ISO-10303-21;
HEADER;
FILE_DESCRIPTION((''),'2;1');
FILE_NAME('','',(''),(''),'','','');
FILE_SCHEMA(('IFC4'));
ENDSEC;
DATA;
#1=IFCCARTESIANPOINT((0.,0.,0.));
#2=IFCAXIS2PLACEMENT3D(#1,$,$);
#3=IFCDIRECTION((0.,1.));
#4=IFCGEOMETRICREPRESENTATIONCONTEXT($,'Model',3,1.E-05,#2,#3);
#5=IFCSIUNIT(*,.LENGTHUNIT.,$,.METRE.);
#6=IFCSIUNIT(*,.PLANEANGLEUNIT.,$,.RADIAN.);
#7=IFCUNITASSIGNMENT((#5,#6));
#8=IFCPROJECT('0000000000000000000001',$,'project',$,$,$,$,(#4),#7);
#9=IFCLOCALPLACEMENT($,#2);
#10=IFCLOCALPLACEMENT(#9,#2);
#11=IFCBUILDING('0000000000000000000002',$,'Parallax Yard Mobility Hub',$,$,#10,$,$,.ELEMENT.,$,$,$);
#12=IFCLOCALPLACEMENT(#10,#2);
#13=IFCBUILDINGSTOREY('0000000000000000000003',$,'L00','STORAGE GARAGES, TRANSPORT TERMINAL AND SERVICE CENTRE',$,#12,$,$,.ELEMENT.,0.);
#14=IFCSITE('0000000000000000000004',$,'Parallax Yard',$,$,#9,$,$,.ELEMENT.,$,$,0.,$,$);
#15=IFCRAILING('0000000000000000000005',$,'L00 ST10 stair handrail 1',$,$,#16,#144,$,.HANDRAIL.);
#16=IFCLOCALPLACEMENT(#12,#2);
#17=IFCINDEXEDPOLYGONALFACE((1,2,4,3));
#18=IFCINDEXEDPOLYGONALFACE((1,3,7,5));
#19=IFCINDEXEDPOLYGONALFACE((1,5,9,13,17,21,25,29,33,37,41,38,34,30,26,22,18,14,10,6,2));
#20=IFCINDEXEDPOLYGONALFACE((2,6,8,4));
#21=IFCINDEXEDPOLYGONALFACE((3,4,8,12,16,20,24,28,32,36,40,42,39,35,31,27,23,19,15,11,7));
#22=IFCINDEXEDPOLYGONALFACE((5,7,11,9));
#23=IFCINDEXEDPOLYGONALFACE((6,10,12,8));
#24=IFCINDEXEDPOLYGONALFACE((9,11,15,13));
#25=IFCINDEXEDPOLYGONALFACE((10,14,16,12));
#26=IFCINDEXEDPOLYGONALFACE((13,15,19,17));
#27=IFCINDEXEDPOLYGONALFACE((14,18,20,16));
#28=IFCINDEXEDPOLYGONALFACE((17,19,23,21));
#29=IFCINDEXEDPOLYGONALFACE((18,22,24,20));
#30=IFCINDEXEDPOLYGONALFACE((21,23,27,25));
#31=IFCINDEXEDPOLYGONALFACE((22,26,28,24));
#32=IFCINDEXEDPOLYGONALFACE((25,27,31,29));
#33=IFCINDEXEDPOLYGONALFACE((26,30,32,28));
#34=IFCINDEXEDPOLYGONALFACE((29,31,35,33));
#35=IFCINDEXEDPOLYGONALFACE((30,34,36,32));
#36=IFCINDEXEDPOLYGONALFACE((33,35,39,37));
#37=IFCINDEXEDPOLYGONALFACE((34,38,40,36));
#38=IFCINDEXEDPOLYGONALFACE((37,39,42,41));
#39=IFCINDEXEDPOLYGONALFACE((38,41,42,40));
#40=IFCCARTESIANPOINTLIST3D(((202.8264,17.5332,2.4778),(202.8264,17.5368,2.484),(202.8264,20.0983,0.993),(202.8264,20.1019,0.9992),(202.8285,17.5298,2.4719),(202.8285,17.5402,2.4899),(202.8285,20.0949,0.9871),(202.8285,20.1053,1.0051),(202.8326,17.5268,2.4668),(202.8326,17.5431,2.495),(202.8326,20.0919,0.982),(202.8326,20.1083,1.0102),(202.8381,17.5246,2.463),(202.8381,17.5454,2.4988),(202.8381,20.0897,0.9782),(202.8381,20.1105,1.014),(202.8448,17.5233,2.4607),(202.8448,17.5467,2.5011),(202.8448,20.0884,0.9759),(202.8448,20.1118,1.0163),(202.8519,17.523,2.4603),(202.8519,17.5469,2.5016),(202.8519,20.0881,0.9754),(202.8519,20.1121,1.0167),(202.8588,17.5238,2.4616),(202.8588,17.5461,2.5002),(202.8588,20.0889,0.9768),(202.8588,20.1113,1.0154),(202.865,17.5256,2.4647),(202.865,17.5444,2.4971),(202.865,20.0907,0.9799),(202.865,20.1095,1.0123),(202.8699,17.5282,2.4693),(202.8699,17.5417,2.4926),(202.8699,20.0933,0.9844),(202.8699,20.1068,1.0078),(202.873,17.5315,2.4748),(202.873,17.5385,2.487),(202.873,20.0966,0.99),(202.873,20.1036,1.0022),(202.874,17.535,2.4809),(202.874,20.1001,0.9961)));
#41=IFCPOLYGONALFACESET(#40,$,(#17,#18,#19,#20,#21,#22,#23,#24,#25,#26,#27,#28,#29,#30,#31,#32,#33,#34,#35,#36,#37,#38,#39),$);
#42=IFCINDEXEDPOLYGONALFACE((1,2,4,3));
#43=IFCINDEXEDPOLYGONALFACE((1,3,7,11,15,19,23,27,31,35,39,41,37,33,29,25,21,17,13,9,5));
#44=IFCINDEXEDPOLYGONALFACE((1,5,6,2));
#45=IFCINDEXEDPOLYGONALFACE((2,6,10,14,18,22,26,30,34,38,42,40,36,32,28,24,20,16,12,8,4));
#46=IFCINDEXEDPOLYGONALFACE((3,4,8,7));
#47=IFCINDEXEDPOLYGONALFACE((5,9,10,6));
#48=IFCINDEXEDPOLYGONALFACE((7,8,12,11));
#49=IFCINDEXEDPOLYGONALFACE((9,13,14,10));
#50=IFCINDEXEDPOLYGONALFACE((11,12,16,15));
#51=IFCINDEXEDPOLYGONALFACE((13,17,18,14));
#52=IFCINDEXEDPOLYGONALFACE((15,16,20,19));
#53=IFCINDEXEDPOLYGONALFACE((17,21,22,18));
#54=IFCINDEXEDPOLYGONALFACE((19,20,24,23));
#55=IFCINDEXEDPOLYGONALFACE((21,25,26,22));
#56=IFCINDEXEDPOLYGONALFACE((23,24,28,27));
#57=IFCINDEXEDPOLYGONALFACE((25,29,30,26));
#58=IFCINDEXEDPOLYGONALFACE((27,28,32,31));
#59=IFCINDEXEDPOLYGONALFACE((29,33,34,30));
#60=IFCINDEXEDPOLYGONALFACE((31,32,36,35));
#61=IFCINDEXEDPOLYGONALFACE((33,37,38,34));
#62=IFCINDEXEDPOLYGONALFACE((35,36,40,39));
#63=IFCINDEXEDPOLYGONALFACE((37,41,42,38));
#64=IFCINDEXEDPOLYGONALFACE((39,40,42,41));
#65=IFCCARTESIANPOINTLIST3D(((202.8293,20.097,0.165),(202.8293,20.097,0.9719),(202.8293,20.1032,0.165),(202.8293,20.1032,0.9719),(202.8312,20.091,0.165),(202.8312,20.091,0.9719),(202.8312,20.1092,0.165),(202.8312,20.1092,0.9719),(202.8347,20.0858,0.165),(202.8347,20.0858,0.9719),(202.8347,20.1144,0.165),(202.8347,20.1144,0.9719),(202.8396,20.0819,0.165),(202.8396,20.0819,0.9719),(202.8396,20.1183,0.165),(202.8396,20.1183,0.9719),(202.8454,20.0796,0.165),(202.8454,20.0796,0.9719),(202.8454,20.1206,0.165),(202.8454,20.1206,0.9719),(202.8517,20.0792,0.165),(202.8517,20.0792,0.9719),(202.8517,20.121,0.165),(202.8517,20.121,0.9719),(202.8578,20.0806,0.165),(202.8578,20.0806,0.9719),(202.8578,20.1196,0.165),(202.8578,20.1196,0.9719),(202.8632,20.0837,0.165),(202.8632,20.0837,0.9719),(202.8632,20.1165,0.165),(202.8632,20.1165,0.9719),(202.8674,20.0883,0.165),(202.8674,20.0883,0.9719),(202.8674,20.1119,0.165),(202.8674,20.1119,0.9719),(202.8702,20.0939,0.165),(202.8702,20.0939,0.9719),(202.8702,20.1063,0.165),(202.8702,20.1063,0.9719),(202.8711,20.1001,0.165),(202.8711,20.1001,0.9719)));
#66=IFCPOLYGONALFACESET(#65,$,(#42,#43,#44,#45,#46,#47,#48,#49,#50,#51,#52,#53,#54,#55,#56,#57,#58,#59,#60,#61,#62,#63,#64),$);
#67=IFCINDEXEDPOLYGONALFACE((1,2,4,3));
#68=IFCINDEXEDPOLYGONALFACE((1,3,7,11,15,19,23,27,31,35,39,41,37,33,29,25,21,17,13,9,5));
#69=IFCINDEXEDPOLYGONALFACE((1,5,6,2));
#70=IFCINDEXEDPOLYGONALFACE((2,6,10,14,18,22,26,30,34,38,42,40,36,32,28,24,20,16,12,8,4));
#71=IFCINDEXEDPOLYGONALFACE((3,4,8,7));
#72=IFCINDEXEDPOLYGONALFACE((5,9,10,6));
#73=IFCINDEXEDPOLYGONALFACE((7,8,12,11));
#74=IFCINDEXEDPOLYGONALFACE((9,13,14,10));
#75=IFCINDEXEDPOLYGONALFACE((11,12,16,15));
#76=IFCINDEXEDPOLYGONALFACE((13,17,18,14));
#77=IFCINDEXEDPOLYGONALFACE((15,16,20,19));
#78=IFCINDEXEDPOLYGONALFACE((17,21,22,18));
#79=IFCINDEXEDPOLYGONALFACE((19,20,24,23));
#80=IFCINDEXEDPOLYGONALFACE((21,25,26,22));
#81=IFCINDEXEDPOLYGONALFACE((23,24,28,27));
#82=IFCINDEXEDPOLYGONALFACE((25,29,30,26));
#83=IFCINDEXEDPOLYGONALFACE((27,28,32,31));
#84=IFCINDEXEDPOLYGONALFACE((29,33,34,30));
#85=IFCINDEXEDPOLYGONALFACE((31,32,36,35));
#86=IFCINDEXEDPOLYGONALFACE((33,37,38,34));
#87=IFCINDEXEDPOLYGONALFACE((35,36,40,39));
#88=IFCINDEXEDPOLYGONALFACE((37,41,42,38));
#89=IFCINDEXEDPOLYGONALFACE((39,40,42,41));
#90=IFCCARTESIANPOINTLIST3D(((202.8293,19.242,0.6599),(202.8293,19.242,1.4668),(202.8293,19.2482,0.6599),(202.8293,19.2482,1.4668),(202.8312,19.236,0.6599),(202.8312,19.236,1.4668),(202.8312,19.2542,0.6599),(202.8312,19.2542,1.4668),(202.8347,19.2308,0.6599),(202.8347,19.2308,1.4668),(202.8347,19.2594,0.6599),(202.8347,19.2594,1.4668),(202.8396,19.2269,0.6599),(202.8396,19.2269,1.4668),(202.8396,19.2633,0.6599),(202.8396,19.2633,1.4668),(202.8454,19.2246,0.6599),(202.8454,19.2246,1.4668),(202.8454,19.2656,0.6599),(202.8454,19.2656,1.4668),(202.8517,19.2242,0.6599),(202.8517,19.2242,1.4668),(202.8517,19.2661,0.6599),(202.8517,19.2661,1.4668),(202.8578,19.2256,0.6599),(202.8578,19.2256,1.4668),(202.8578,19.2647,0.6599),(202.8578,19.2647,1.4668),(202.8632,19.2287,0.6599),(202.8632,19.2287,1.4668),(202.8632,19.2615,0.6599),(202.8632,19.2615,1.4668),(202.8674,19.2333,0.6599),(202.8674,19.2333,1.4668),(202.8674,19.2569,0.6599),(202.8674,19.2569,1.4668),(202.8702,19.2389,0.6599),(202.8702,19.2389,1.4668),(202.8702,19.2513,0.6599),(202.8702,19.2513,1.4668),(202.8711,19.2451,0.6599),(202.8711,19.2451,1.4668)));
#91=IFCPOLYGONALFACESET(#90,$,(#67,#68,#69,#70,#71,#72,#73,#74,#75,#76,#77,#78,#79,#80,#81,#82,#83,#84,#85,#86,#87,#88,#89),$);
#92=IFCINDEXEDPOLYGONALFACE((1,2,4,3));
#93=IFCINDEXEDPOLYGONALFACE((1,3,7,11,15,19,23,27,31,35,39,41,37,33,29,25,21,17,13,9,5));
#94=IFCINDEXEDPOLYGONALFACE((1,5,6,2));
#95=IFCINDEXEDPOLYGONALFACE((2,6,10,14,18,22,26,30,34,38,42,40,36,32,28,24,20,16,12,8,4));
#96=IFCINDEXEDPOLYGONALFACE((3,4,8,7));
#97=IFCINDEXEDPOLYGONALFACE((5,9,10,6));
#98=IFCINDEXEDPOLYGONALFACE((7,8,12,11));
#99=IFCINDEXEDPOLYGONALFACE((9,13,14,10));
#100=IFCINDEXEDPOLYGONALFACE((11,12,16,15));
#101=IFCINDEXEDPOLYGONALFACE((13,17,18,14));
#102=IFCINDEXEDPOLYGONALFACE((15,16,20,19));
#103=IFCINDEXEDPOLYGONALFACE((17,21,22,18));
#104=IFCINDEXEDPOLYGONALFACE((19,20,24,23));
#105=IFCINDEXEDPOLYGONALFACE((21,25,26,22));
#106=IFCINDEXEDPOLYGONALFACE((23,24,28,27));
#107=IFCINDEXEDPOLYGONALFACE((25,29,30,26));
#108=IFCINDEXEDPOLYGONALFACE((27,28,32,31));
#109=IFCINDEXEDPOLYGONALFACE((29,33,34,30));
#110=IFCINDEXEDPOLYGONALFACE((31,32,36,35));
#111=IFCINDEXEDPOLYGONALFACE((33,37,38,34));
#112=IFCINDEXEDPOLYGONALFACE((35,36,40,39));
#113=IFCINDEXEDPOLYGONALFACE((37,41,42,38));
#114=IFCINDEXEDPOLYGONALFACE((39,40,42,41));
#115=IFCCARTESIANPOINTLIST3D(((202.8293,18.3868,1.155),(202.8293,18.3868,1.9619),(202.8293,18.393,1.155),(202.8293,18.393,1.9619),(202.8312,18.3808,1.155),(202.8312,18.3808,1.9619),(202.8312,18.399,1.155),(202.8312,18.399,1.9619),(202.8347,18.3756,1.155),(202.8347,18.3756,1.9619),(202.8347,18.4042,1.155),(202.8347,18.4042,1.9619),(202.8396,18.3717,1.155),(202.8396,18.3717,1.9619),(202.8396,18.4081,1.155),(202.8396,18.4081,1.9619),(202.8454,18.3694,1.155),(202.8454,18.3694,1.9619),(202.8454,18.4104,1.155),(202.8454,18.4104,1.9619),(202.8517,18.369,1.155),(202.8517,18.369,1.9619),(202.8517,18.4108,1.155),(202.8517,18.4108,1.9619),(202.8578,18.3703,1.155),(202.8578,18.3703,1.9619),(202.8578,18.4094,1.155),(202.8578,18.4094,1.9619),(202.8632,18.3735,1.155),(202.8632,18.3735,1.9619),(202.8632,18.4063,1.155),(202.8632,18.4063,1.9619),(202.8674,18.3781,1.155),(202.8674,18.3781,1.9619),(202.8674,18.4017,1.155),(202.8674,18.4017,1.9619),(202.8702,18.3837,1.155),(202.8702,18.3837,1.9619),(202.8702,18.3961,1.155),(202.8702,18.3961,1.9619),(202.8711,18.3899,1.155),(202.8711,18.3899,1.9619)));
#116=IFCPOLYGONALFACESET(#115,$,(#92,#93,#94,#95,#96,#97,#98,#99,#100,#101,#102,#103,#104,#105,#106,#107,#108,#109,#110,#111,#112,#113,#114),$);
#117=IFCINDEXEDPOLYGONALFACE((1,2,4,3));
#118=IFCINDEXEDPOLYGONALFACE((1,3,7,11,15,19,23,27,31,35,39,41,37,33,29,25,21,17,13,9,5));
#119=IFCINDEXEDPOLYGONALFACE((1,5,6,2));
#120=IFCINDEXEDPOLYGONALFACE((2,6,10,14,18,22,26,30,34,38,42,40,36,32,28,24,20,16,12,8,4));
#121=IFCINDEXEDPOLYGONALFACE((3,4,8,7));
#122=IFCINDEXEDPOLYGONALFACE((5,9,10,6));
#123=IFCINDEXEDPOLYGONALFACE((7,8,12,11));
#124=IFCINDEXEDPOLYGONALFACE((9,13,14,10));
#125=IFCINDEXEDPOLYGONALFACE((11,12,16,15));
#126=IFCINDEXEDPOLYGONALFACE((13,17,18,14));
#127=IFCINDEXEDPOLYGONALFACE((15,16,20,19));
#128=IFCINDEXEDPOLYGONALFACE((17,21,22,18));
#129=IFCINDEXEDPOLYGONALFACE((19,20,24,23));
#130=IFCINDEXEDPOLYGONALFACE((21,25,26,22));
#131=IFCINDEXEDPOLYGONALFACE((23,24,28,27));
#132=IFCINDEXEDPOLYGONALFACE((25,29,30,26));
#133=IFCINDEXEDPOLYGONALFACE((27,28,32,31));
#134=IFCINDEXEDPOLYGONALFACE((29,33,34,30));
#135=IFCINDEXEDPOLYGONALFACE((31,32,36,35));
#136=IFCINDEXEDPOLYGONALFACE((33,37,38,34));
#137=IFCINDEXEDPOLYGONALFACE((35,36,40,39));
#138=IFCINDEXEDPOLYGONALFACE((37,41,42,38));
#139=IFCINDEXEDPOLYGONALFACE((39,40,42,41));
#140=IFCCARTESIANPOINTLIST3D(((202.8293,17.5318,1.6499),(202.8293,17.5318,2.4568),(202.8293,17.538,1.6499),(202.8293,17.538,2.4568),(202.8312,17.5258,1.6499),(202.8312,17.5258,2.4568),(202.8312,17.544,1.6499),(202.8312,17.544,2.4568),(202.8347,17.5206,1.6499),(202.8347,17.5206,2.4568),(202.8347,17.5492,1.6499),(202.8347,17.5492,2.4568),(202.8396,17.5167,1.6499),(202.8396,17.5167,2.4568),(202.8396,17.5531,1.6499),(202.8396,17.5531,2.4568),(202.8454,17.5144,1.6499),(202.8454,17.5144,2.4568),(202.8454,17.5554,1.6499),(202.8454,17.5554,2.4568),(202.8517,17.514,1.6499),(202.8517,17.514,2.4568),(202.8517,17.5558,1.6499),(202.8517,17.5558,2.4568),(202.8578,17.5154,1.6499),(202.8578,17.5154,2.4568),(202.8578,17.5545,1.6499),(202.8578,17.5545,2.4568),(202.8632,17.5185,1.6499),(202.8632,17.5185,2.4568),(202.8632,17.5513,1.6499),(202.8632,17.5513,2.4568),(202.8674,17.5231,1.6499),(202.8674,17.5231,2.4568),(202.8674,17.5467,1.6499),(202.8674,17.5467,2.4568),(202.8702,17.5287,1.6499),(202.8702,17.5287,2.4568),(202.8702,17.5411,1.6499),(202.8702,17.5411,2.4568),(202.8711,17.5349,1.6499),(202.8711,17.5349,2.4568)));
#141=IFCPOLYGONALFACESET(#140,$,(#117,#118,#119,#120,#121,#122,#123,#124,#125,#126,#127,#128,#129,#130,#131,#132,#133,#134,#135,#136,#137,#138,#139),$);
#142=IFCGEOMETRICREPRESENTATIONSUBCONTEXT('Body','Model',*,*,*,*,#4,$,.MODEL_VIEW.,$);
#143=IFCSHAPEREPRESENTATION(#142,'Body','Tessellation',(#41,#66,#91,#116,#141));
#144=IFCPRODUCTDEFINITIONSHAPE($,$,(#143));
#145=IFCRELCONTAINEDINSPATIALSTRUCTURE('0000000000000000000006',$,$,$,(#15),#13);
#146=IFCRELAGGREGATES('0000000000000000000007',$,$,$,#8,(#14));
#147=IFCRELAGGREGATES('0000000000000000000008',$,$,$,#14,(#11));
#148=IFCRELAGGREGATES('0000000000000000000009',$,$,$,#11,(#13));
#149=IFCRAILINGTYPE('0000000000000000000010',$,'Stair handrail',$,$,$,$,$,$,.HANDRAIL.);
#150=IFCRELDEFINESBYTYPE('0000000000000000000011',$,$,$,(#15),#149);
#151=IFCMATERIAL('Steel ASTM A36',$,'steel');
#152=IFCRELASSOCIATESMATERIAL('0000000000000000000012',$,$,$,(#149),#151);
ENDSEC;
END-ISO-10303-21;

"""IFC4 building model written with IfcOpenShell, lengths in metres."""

from ifc_helpers import new_model, si_unit, direction, frame, origin, origin_2d, place, context, subcontext, project, spatial, circle, extrude, material, type_object, element, save


model = new_model("IFC4")

# Units and contexts
model_context = context("Model", 3, precision=1e-05, world=origin(), true_north=direction((0.0, 1.0)))
body_context = subcontext(model_context, "Body", "Model", "MODEL_VIEW")
ifc_project = project(units=[si_unit("LENGTHUNIT", "METRE"), si_unit("PLANEANGLEUNIT", "RADIAN")], contexts=[model_context])

# Site, building, storey
site_placement = place(None, origin())
site = spatial("IfcSite", under=ifc_project, at=site_placement, Name="Parallax Yard", CompositionType="ELEMENT", RefElevation=0.0)
building_placement = place(site_placement, origin())
building = spatial("IfcBuilding", under=site, at=building_placement, Name="Parallax Yard Mobility Hub", CompositionType="ELEMENT")
storey_placement = place(building_placement, origin())
storey = spatial("IfcBuildingStorey", under=building, at=storey_placement, Name="L00", Description="STORAGE GARAGES, TRANSPORT TERMINAL AND SERVICE CENTRE", CompositionType="ELEMENT", Elevation=0.0)

# Railing
ifc_material_1 = material(Name="Steel ASTM A36", Category="steel")
railing_type_1 = type_object("IfcRailingType", Name="Stair handrail", PredefinedType="HANDRAIL", material=ifc_material_1)
railing_1_placement = place(storey_placement, frame((202.8501, 20.1001, 0.165)))
element("IfcRailing", 1, at=railing_1_placement, inside=storey, type_object=railing_type_1, Name="L00 ST10 stair handrail 1", PredefinedType="HANDRAIL", context=body_context, shape_type="SweptSolid", body=[
    extrude(circle(Radius=0.0239, at=origin_2d()), frame((0.0, 0.0, 0.8311), z_axis=(0.0, -0.865462, 0.500975), x_axis=(1.0, 0.0, 0.0)), (0.0, 0.0, 1.0), 2.9639),
    extrude(circle(Radius=0.021, at=origin_2d()), origin(), (0.0, 0.0, 1.0), 0.8069),
    extrude(circle(Radius=0.021, at=origin_2d()), frame((0.0, -0.855, 0.4949)), (0.0, 0.0, 1.0), 0.8069),
    extrude(circle(Radius=0.021, at=origin_2d()), frame((0.0, -1.7102, 0.99)), (0.0, 0.0, 1.0), 0.8069),
    extrude(circle(Radius=0.021, at=origin_2d()), frame((0.0, -2.5652, 1.4849)), (0.0, 0.0, 1.0), 0.8069),
])

save(model, "model.ifc")
